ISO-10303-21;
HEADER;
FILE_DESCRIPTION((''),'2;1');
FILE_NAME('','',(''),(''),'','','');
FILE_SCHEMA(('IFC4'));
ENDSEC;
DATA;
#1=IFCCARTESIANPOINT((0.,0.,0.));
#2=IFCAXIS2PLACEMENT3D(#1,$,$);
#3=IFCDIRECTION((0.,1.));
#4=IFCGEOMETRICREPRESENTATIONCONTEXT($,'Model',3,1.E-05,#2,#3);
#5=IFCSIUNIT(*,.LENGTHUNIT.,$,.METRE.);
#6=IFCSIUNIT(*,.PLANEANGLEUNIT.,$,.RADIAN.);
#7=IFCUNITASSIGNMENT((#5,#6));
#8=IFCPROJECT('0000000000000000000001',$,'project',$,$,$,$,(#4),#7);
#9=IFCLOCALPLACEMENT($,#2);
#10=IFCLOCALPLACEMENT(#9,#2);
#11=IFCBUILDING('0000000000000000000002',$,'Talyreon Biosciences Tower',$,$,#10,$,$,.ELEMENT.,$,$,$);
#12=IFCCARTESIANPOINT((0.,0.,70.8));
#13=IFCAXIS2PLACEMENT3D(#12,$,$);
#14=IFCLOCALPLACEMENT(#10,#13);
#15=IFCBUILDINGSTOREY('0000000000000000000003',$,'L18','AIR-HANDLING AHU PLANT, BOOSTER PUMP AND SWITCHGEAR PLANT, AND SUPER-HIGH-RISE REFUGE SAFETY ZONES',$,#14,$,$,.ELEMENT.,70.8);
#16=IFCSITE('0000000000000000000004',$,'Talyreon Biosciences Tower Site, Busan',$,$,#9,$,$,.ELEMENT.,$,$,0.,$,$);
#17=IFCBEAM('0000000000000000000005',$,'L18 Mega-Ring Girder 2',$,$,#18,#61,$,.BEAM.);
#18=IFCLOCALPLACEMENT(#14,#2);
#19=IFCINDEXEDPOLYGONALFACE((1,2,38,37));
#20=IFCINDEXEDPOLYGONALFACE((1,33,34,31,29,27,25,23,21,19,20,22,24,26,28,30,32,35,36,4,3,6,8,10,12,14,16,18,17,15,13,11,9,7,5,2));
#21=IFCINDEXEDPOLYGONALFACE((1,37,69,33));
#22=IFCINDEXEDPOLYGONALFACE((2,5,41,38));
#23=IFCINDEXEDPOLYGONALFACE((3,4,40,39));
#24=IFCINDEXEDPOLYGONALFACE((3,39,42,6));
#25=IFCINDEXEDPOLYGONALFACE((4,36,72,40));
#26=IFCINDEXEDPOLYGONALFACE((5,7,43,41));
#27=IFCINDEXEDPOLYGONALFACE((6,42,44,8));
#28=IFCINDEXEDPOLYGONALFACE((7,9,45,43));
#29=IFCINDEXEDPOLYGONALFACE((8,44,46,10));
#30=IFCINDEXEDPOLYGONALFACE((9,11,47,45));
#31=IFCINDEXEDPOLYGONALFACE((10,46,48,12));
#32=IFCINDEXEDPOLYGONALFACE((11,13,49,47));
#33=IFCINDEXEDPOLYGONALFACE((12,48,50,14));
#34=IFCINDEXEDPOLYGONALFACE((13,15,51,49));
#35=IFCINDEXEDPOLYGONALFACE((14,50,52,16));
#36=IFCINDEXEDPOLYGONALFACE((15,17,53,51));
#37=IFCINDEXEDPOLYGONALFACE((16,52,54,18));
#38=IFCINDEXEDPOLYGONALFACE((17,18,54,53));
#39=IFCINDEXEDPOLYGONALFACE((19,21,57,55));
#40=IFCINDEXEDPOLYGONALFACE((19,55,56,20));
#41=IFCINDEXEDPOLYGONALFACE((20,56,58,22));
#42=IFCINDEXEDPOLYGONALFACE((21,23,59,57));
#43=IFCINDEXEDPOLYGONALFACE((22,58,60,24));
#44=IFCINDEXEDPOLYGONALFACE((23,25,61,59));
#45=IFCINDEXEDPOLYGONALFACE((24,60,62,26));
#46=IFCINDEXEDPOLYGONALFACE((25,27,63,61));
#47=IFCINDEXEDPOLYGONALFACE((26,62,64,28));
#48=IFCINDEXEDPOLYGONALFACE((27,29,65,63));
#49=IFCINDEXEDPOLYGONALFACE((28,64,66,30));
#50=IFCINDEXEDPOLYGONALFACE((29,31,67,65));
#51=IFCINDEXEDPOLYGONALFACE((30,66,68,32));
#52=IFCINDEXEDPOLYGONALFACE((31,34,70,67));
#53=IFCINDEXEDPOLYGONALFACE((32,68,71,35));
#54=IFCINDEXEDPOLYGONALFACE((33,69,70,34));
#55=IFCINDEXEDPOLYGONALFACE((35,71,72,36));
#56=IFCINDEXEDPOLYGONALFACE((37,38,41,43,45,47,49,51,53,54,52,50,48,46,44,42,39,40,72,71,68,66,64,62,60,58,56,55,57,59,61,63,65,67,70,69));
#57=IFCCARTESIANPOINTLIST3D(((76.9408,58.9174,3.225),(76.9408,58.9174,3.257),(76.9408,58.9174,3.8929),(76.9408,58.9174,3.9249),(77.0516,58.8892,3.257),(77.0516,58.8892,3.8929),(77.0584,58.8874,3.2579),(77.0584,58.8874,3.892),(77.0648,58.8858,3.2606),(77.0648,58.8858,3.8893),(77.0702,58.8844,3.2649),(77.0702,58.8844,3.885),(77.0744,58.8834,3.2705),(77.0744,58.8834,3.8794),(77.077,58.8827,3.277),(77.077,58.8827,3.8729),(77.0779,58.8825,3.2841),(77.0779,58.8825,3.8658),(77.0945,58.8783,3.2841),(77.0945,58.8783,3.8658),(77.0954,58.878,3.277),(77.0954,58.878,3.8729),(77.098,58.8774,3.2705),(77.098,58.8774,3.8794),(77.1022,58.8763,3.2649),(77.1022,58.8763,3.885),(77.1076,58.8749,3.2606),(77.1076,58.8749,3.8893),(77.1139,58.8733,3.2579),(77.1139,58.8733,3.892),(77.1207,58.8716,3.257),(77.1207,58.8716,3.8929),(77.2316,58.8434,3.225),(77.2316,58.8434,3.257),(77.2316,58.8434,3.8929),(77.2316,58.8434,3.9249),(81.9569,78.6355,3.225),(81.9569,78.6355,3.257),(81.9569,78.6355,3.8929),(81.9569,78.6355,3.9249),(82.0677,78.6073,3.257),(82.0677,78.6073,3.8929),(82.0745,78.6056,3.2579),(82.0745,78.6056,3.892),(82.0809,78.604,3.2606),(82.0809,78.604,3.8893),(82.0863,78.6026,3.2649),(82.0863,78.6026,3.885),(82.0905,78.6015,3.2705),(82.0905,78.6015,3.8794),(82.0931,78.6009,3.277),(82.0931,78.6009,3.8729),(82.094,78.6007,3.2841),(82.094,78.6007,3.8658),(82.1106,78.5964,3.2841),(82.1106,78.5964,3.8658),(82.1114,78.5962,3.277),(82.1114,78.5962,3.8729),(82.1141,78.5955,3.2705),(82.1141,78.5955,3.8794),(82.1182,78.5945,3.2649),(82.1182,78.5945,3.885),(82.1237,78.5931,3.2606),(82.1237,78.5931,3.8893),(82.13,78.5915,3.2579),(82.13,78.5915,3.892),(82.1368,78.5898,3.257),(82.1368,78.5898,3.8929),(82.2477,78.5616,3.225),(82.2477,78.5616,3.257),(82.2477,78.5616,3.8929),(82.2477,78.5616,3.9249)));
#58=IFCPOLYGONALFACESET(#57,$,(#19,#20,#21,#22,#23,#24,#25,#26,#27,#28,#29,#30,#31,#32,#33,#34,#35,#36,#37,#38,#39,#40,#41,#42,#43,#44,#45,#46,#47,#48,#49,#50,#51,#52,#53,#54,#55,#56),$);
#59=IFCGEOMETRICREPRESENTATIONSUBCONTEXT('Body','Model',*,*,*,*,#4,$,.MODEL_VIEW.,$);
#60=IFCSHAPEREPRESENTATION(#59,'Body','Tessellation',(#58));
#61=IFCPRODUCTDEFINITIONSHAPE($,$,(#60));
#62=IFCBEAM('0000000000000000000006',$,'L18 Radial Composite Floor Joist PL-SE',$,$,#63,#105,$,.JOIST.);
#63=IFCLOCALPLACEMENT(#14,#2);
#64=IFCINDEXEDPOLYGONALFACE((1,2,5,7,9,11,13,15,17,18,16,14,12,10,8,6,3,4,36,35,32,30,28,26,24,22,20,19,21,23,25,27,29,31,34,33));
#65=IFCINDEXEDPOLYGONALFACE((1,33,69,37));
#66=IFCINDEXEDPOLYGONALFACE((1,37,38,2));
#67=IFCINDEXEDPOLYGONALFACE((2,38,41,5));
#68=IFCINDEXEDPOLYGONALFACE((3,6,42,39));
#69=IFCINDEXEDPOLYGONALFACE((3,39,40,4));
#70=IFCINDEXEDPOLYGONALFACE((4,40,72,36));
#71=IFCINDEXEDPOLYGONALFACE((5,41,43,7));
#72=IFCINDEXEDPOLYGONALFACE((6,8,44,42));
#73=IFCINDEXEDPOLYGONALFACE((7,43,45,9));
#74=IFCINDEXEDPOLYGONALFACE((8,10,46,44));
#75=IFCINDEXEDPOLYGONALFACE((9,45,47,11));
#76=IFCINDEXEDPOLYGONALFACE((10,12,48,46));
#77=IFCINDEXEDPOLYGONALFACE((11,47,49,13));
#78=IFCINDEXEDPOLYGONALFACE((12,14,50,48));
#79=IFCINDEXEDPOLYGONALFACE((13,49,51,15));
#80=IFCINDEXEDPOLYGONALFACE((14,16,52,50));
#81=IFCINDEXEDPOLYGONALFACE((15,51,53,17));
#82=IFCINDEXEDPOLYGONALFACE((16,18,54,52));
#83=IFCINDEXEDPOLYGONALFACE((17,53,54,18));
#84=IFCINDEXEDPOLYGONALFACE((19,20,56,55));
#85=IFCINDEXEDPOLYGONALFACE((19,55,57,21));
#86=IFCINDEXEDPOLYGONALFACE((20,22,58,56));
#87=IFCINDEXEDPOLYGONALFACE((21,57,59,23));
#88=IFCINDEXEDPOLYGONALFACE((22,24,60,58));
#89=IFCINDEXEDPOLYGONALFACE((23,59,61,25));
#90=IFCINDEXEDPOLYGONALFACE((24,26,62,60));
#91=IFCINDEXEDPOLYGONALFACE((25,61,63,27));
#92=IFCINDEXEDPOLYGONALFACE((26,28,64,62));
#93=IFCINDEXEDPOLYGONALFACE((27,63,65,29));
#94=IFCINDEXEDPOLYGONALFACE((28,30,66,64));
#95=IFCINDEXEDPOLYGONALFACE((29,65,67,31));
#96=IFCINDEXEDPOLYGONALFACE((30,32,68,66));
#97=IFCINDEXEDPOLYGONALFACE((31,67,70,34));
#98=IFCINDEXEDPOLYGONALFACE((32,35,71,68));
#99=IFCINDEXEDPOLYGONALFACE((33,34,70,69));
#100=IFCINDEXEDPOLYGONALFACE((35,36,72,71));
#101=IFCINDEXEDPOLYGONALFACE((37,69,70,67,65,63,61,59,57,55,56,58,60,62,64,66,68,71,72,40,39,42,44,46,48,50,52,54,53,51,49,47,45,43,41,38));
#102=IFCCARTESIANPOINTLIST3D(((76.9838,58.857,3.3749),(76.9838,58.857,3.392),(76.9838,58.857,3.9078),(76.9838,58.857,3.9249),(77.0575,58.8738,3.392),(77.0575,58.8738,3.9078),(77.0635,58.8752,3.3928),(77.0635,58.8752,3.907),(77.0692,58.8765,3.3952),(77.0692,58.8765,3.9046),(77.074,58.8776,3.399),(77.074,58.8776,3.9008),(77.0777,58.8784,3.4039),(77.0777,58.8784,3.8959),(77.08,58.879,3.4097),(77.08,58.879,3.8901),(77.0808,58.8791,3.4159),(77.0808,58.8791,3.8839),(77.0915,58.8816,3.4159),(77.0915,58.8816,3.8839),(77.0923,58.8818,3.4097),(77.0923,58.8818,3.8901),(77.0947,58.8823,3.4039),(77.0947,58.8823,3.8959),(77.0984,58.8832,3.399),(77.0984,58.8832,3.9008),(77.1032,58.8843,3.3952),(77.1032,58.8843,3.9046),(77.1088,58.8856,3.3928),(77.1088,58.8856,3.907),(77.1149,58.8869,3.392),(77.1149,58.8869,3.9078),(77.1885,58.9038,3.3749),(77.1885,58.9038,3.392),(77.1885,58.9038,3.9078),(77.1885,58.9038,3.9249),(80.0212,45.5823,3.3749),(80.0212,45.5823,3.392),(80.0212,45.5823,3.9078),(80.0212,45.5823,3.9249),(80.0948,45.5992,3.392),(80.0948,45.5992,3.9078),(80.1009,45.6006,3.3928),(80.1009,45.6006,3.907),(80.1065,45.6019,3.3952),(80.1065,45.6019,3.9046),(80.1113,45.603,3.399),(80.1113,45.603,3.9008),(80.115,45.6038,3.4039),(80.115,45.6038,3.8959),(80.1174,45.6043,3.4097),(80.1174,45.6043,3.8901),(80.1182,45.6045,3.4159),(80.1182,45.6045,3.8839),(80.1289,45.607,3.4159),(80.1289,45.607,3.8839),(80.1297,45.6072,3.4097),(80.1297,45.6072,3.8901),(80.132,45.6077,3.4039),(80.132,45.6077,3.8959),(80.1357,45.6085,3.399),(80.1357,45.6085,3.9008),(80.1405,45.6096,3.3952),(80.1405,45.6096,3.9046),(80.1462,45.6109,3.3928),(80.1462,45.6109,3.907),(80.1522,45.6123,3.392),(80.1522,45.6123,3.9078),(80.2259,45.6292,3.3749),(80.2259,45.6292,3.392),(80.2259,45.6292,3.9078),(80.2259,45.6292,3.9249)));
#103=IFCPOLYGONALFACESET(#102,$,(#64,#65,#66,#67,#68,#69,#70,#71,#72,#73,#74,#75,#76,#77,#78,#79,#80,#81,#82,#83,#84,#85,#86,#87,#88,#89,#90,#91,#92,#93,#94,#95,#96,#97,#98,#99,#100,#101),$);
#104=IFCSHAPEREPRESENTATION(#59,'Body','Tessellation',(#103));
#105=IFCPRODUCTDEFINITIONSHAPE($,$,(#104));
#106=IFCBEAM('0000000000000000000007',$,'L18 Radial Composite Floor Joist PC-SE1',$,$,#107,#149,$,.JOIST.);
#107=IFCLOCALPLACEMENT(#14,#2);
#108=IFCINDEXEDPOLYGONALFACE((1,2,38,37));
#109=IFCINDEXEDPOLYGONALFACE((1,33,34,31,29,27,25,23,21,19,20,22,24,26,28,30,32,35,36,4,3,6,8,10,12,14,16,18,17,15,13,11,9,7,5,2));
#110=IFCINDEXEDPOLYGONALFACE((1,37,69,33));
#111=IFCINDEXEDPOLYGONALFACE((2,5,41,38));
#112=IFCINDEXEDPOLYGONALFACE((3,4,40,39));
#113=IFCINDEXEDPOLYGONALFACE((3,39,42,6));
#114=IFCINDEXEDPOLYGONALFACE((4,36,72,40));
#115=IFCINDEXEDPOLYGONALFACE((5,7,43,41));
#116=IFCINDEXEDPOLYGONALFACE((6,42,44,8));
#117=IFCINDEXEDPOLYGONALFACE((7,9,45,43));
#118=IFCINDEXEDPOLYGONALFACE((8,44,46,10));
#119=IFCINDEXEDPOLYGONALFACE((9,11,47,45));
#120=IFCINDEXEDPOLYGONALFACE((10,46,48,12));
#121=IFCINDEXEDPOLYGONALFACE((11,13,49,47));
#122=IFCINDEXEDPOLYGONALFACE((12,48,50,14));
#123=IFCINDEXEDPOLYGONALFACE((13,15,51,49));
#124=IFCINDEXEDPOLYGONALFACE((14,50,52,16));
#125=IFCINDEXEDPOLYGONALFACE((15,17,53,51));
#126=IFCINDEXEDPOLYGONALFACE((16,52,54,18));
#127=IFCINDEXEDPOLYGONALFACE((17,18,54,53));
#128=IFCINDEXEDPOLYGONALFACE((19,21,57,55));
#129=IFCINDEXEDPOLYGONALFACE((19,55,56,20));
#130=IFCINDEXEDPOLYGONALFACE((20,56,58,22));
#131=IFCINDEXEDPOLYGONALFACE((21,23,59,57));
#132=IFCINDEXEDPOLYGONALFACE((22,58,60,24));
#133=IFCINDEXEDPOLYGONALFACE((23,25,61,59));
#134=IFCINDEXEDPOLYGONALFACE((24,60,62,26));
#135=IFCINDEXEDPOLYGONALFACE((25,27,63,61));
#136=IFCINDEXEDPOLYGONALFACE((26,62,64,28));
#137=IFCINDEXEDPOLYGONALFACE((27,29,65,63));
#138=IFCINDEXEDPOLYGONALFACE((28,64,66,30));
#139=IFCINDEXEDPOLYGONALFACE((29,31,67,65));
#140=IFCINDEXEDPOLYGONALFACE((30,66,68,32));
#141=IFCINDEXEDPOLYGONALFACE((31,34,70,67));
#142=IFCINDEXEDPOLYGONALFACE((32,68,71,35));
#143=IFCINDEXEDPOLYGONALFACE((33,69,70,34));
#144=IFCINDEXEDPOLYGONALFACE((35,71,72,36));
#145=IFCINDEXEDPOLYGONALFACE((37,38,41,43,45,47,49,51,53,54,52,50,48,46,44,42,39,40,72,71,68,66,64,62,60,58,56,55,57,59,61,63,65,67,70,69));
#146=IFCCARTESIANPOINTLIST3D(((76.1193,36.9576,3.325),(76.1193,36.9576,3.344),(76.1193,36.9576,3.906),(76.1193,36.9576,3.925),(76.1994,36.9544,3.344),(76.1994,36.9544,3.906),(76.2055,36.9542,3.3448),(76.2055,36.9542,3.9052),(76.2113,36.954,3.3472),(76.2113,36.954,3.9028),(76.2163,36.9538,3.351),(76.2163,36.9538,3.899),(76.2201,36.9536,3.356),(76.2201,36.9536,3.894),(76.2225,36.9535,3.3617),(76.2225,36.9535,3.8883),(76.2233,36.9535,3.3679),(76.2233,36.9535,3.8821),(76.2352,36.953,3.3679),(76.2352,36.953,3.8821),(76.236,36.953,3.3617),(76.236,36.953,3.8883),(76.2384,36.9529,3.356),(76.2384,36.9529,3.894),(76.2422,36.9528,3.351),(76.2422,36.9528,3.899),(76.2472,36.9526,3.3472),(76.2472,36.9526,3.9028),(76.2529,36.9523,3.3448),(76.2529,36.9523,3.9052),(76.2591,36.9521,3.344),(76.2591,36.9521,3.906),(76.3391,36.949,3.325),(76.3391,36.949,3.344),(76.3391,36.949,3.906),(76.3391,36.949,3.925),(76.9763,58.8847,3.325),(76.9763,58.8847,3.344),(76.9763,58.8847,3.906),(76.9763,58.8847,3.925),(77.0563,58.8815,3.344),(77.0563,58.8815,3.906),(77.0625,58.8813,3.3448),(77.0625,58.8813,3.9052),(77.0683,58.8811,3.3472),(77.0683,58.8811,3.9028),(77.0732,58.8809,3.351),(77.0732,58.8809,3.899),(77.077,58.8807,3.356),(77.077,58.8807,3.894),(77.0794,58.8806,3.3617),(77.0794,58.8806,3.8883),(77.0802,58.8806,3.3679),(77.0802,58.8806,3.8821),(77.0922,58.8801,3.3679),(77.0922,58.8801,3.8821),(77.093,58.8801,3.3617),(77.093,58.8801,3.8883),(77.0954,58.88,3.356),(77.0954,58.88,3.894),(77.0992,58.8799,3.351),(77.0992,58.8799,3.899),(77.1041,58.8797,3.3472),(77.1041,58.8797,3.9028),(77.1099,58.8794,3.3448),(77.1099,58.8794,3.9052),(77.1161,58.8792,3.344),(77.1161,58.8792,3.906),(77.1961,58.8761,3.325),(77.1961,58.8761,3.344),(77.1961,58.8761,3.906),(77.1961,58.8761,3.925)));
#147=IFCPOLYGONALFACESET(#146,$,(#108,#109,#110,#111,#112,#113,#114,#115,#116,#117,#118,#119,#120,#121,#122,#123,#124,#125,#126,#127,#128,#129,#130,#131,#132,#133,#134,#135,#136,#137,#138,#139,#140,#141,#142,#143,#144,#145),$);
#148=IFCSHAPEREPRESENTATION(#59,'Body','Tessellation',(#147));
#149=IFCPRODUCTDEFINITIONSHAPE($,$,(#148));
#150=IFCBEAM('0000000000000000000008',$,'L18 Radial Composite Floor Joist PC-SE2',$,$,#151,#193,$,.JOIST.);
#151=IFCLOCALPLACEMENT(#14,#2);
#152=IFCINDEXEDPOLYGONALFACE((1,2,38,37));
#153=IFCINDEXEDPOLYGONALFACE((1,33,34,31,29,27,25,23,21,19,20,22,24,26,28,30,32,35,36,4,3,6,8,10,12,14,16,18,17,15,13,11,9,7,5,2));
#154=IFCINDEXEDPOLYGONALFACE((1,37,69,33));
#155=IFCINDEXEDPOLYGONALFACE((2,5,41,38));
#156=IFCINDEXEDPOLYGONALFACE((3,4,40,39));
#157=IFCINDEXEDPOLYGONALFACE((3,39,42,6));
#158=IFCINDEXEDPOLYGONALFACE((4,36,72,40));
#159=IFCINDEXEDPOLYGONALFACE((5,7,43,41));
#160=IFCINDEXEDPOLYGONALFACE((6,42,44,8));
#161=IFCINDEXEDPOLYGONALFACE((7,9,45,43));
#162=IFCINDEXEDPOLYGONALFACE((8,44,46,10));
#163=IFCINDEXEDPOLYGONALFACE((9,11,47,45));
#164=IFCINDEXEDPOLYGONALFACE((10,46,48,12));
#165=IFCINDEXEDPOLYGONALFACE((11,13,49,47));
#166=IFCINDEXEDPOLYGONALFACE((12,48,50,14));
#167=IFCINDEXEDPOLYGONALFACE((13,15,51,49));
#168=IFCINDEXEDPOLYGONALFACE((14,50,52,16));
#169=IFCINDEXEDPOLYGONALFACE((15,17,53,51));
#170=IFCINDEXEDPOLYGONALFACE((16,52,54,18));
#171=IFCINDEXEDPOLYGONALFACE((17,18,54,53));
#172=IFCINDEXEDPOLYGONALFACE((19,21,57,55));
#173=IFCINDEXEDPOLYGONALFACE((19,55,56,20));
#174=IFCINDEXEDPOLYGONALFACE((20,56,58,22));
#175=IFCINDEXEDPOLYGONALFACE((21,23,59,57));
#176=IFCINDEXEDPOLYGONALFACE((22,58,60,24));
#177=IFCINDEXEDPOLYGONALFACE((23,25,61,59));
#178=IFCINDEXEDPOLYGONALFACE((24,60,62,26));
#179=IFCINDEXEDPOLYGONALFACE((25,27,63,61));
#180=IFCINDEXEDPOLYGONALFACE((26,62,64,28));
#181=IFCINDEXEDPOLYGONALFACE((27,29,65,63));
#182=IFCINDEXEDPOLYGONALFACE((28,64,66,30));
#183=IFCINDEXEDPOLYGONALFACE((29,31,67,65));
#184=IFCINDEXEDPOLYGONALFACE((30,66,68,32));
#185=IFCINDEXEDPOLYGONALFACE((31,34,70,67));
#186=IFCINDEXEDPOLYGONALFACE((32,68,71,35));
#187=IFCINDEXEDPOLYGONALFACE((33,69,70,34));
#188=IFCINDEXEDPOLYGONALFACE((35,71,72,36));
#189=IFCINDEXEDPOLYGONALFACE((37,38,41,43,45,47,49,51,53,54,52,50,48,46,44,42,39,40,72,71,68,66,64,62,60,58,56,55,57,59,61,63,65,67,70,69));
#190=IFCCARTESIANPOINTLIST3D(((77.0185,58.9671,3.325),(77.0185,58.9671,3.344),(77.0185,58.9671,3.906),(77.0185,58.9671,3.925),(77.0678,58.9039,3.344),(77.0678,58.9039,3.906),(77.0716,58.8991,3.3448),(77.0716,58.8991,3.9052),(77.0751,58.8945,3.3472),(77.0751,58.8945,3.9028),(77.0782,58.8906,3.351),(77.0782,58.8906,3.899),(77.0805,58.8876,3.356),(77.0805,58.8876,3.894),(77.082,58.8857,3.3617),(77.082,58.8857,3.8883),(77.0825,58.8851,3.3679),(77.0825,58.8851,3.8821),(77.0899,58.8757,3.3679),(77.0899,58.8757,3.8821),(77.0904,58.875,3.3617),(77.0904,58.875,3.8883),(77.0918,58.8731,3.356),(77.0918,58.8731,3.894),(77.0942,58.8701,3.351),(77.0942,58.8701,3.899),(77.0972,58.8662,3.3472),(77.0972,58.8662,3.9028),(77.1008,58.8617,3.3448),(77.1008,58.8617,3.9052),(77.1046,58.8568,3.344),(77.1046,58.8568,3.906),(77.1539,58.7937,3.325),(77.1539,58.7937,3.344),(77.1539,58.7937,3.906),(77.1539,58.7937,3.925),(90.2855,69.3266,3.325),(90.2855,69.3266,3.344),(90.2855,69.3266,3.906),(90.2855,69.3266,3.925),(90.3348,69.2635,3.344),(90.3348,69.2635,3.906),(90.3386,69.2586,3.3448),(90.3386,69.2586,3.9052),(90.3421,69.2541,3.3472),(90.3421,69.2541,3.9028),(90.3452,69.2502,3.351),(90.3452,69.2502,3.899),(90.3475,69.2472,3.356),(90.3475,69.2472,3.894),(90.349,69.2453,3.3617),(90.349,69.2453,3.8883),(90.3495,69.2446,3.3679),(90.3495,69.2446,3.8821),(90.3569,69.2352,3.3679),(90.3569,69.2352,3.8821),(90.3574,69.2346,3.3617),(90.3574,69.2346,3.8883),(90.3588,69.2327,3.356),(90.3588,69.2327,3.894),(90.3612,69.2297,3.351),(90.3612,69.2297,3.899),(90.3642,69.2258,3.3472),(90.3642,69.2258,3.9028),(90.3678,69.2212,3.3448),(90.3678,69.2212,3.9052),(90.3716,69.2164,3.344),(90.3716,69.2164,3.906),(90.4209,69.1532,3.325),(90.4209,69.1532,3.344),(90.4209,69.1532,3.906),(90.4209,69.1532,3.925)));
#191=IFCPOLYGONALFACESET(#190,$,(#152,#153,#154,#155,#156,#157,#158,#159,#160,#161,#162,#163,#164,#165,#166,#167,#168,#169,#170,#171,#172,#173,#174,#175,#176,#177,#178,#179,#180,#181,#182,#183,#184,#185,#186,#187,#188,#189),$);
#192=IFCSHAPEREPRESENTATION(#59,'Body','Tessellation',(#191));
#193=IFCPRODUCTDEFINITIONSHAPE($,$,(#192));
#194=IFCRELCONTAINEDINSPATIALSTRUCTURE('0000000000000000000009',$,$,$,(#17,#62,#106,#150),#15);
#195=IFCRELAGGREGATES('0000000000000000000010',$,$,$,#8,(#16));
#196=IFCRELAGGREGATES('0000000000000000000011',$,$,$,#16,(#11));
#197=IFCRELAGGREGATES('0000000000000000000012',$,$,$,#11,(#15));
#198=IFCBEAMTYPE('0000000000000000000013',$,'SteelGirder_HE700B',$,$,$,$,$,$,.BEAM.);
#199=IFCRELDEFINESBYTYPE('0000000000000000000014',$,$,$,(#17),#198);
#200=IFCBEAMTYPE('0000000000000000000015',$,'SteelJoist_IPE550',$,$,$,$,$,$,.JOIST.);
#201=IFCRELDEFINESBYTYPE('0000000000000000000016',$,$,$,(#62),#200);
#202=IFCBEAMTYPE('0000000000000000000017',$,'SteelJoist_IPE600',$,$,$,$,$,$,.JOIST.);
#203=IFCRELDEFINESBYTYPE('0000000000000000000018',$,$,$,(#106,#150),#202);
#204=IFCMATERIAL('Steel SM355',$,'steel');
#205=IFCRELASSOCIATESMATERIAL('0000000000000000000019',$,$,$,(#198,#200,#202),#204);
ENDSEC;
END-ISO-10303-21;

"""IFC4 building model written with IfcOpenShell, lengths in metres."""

from ifc_helpers import new_model, si_unit, direction, frame, origin, origin_2d, place, context, subcontext, project, spatial, i_section, extrude, material, material_profile, profile_set, type_object, element, save


model = new_model("IFC4")

# Units and contexts
model_context = context("Model", 3, precision=1e-05, world=origin(), true_north=direction((0.0, 1.0)))
body_context = subcontext(model_context, "Body", "Model", "MODEL_VIEW")
ifc_project = project(units=[si_unit("LENGTHUNIT", "METRE"), si_unit("PLANEANGLEUNIT", "RADIAN")], contexts=[model_context])

# Site, building, storey
site_placement = place(None, origin())
site = spatial("IfcSite", under=ifc_project, at=site_placement, Name="Talyreon Biosciences Tower Site, Busan", CompositionType="ELEMENT", RefElevation=0.0)
building_placement = place(site_placement, origin())
building = spatial("IfcBuilding", under=site, at=building_placement, Name="Talyreon Biosciences Tower", CompositionType="ELEMENT")
storey_placement = place(building_placement, frame((0.0, 0.0, 70.8)))
storey = spatial("IfcBuildingStorey", under=building, at=storey_placement, Name="L18", Description="AIR-HANDLING AHU PLANT, BOOSTER PUMP AND SWITCHGEAR PLANT, AND SUPER-HIGH-RISE REFUGE SAFETY ZONES", CompositionType="ELEMENT", Elevation=70.8)

# Shared definitions
ifc_material_1 = material(Name="Steel SM355", Category="steel")

# Beams
ifc_material_profile_1 = material_profile(ifc_material_1, i_section(OverallWidth=0.3, OverallDepth=0.7, WebThickness=0.0171, FlangeThickness=0.032, FilletRadius=0.0271, at=origin_2d()), Name="HE700B")
ifc_profile_set_1 = profile_set([ifc_material_profile_1], Name="Steel SM355")
beam_type_1 = type_object("IfcBeamType", Name="SteelGirder_HE700B", PredefinedType="BEAM", material=ifc_profile_set_1)
beam_1_placement = place(storey_placement, frame((77.0862, 58.8804, 3.575), z_axis=(0.246537, 0.969133, 0.0), x_axis=(-0.969133, 0.246537, 0.0)))
element("IfcBeam", 1, at=beam_1_placement, inside=storey, type_object=beam_type_1, Name="L18 Mega-Ring Girder 2", PredefinedType="BEAM", context=body_context, shape_type="SweptSolid", body=[
    extrude(i_section(OverallWidth=0.3, OverallDepth=0.7, WebThickness=0.0171, FlangeThickness=0.032, FilletRadius=0.0271, at=origin_2d()), origin(), (0.0, 0.0, 1.0), 20.3462),
])
ifc_material_profile_2 = material_profile(ifc_material_1, i_section(OverallWidth=0.21, OverallDepth=0.55, WebThickness=0.011, FlangeThickness=0.0171, FilletRadius=0.0239, at=origin_2d()), Name="IPE550")
ifc_profile_set_2 = profile_set([ifc_material_profile_2], Name="Steel SM355")
beam_type_2 = type_object("IfcBeamType", Name="SteelJoist_IPE550", PredefinedType="JOIST", material=ifc_profile_set_2)
beam_2_placement = place(storey_placement, frame((77.0862, 58.8804, 3.6499), z_axis=(0.223044, -0.974808, 0.0), x_axis=(0.974808, 0.223044, 0.0)))
element("IfcBeam", 2, at=beam_2_placement, inside=storey, type_object=beam_type_2, Name="L18 Radial Composite Floor Joist PL-SE", PredefinedType="JOIST", context=body_context, shape_type="SweptSolid", body=[
    extrude(i_section(OverallWidth=0.21, OverallDepth=0.55, WebThickness=0.011, FlangeThickness=0.0171, FilletRadius=0.0239, at=origin_2d()), origin(), (0.0, 0.0, 1.0), 13.6177),
])
ifc_material_profile_3 = material_profile(ifc_material_1, i_section(OverallWidth=0.22, OverallDepth=0.6001, WebThickness=0.012, FlangeThickness=0.019, FilletRadius=0.0239, at=origin_2d()), Name="IPE600")
ifc_profile_set_3 = profile_set([ifc_material_profile_3], Name="Steel SM355")
beam_type_3 = type_object("IfcBeamType", Name="SteelJoist_IPE600", PredefinedType="JOIST", material=ifc_profile_set_3)
beam_3_placement = place(storey_placement, frame((77.0862, 58.8804, 3.625), z_axis=(-0.039051, -0.999237, 0.0), x_axis=(0.999237, -0.039051, 0.0)))
element("IfcBeam", 3, at=beam_3_placement, inside=storey, type_object=beam_type_3, Name="L18 Radial Composite Floor Joist PC-SE1", PredefinedType="JOIST", context=body_context, shape_type="SweptSolid", body=[
    extrude(i_section(OverallWidth=0.22, OverallDepth=0.6001, WebThickness=0.012, FlangeThickness=0.019, FilletRadius=0.0239, at=origin_2d()), origin(), (0.0, 0.0, 1.0), 21.9438),
])
beam_4_placement = place(storey_placement, frame((77.0862, 58.8804, 3.625), z_axis=(0.788177, 0.615449, 0.0), x_axis=(-0.615449, 0.788177, 0.0)))
element("IfcBeam", 4, at=beam_4_placement, inside=storey, type_object=beam_type_3, Name="L18 Radial Composite Floor Joist PC-SE2", PredefinedType="JOIST", context=body_context, shape_type="SweptSolid", body=[
    extrude(i_section(OverallWidth=0.22, OverallDepth=0.6001, WebThickness=0.012, FlangeThickness=0.019, FilletRadius=0.0239, at=origin_2d()), origin(), (0.0, 0.0, 1.0), 16.8325),
])

save(model, "model.ifc")
